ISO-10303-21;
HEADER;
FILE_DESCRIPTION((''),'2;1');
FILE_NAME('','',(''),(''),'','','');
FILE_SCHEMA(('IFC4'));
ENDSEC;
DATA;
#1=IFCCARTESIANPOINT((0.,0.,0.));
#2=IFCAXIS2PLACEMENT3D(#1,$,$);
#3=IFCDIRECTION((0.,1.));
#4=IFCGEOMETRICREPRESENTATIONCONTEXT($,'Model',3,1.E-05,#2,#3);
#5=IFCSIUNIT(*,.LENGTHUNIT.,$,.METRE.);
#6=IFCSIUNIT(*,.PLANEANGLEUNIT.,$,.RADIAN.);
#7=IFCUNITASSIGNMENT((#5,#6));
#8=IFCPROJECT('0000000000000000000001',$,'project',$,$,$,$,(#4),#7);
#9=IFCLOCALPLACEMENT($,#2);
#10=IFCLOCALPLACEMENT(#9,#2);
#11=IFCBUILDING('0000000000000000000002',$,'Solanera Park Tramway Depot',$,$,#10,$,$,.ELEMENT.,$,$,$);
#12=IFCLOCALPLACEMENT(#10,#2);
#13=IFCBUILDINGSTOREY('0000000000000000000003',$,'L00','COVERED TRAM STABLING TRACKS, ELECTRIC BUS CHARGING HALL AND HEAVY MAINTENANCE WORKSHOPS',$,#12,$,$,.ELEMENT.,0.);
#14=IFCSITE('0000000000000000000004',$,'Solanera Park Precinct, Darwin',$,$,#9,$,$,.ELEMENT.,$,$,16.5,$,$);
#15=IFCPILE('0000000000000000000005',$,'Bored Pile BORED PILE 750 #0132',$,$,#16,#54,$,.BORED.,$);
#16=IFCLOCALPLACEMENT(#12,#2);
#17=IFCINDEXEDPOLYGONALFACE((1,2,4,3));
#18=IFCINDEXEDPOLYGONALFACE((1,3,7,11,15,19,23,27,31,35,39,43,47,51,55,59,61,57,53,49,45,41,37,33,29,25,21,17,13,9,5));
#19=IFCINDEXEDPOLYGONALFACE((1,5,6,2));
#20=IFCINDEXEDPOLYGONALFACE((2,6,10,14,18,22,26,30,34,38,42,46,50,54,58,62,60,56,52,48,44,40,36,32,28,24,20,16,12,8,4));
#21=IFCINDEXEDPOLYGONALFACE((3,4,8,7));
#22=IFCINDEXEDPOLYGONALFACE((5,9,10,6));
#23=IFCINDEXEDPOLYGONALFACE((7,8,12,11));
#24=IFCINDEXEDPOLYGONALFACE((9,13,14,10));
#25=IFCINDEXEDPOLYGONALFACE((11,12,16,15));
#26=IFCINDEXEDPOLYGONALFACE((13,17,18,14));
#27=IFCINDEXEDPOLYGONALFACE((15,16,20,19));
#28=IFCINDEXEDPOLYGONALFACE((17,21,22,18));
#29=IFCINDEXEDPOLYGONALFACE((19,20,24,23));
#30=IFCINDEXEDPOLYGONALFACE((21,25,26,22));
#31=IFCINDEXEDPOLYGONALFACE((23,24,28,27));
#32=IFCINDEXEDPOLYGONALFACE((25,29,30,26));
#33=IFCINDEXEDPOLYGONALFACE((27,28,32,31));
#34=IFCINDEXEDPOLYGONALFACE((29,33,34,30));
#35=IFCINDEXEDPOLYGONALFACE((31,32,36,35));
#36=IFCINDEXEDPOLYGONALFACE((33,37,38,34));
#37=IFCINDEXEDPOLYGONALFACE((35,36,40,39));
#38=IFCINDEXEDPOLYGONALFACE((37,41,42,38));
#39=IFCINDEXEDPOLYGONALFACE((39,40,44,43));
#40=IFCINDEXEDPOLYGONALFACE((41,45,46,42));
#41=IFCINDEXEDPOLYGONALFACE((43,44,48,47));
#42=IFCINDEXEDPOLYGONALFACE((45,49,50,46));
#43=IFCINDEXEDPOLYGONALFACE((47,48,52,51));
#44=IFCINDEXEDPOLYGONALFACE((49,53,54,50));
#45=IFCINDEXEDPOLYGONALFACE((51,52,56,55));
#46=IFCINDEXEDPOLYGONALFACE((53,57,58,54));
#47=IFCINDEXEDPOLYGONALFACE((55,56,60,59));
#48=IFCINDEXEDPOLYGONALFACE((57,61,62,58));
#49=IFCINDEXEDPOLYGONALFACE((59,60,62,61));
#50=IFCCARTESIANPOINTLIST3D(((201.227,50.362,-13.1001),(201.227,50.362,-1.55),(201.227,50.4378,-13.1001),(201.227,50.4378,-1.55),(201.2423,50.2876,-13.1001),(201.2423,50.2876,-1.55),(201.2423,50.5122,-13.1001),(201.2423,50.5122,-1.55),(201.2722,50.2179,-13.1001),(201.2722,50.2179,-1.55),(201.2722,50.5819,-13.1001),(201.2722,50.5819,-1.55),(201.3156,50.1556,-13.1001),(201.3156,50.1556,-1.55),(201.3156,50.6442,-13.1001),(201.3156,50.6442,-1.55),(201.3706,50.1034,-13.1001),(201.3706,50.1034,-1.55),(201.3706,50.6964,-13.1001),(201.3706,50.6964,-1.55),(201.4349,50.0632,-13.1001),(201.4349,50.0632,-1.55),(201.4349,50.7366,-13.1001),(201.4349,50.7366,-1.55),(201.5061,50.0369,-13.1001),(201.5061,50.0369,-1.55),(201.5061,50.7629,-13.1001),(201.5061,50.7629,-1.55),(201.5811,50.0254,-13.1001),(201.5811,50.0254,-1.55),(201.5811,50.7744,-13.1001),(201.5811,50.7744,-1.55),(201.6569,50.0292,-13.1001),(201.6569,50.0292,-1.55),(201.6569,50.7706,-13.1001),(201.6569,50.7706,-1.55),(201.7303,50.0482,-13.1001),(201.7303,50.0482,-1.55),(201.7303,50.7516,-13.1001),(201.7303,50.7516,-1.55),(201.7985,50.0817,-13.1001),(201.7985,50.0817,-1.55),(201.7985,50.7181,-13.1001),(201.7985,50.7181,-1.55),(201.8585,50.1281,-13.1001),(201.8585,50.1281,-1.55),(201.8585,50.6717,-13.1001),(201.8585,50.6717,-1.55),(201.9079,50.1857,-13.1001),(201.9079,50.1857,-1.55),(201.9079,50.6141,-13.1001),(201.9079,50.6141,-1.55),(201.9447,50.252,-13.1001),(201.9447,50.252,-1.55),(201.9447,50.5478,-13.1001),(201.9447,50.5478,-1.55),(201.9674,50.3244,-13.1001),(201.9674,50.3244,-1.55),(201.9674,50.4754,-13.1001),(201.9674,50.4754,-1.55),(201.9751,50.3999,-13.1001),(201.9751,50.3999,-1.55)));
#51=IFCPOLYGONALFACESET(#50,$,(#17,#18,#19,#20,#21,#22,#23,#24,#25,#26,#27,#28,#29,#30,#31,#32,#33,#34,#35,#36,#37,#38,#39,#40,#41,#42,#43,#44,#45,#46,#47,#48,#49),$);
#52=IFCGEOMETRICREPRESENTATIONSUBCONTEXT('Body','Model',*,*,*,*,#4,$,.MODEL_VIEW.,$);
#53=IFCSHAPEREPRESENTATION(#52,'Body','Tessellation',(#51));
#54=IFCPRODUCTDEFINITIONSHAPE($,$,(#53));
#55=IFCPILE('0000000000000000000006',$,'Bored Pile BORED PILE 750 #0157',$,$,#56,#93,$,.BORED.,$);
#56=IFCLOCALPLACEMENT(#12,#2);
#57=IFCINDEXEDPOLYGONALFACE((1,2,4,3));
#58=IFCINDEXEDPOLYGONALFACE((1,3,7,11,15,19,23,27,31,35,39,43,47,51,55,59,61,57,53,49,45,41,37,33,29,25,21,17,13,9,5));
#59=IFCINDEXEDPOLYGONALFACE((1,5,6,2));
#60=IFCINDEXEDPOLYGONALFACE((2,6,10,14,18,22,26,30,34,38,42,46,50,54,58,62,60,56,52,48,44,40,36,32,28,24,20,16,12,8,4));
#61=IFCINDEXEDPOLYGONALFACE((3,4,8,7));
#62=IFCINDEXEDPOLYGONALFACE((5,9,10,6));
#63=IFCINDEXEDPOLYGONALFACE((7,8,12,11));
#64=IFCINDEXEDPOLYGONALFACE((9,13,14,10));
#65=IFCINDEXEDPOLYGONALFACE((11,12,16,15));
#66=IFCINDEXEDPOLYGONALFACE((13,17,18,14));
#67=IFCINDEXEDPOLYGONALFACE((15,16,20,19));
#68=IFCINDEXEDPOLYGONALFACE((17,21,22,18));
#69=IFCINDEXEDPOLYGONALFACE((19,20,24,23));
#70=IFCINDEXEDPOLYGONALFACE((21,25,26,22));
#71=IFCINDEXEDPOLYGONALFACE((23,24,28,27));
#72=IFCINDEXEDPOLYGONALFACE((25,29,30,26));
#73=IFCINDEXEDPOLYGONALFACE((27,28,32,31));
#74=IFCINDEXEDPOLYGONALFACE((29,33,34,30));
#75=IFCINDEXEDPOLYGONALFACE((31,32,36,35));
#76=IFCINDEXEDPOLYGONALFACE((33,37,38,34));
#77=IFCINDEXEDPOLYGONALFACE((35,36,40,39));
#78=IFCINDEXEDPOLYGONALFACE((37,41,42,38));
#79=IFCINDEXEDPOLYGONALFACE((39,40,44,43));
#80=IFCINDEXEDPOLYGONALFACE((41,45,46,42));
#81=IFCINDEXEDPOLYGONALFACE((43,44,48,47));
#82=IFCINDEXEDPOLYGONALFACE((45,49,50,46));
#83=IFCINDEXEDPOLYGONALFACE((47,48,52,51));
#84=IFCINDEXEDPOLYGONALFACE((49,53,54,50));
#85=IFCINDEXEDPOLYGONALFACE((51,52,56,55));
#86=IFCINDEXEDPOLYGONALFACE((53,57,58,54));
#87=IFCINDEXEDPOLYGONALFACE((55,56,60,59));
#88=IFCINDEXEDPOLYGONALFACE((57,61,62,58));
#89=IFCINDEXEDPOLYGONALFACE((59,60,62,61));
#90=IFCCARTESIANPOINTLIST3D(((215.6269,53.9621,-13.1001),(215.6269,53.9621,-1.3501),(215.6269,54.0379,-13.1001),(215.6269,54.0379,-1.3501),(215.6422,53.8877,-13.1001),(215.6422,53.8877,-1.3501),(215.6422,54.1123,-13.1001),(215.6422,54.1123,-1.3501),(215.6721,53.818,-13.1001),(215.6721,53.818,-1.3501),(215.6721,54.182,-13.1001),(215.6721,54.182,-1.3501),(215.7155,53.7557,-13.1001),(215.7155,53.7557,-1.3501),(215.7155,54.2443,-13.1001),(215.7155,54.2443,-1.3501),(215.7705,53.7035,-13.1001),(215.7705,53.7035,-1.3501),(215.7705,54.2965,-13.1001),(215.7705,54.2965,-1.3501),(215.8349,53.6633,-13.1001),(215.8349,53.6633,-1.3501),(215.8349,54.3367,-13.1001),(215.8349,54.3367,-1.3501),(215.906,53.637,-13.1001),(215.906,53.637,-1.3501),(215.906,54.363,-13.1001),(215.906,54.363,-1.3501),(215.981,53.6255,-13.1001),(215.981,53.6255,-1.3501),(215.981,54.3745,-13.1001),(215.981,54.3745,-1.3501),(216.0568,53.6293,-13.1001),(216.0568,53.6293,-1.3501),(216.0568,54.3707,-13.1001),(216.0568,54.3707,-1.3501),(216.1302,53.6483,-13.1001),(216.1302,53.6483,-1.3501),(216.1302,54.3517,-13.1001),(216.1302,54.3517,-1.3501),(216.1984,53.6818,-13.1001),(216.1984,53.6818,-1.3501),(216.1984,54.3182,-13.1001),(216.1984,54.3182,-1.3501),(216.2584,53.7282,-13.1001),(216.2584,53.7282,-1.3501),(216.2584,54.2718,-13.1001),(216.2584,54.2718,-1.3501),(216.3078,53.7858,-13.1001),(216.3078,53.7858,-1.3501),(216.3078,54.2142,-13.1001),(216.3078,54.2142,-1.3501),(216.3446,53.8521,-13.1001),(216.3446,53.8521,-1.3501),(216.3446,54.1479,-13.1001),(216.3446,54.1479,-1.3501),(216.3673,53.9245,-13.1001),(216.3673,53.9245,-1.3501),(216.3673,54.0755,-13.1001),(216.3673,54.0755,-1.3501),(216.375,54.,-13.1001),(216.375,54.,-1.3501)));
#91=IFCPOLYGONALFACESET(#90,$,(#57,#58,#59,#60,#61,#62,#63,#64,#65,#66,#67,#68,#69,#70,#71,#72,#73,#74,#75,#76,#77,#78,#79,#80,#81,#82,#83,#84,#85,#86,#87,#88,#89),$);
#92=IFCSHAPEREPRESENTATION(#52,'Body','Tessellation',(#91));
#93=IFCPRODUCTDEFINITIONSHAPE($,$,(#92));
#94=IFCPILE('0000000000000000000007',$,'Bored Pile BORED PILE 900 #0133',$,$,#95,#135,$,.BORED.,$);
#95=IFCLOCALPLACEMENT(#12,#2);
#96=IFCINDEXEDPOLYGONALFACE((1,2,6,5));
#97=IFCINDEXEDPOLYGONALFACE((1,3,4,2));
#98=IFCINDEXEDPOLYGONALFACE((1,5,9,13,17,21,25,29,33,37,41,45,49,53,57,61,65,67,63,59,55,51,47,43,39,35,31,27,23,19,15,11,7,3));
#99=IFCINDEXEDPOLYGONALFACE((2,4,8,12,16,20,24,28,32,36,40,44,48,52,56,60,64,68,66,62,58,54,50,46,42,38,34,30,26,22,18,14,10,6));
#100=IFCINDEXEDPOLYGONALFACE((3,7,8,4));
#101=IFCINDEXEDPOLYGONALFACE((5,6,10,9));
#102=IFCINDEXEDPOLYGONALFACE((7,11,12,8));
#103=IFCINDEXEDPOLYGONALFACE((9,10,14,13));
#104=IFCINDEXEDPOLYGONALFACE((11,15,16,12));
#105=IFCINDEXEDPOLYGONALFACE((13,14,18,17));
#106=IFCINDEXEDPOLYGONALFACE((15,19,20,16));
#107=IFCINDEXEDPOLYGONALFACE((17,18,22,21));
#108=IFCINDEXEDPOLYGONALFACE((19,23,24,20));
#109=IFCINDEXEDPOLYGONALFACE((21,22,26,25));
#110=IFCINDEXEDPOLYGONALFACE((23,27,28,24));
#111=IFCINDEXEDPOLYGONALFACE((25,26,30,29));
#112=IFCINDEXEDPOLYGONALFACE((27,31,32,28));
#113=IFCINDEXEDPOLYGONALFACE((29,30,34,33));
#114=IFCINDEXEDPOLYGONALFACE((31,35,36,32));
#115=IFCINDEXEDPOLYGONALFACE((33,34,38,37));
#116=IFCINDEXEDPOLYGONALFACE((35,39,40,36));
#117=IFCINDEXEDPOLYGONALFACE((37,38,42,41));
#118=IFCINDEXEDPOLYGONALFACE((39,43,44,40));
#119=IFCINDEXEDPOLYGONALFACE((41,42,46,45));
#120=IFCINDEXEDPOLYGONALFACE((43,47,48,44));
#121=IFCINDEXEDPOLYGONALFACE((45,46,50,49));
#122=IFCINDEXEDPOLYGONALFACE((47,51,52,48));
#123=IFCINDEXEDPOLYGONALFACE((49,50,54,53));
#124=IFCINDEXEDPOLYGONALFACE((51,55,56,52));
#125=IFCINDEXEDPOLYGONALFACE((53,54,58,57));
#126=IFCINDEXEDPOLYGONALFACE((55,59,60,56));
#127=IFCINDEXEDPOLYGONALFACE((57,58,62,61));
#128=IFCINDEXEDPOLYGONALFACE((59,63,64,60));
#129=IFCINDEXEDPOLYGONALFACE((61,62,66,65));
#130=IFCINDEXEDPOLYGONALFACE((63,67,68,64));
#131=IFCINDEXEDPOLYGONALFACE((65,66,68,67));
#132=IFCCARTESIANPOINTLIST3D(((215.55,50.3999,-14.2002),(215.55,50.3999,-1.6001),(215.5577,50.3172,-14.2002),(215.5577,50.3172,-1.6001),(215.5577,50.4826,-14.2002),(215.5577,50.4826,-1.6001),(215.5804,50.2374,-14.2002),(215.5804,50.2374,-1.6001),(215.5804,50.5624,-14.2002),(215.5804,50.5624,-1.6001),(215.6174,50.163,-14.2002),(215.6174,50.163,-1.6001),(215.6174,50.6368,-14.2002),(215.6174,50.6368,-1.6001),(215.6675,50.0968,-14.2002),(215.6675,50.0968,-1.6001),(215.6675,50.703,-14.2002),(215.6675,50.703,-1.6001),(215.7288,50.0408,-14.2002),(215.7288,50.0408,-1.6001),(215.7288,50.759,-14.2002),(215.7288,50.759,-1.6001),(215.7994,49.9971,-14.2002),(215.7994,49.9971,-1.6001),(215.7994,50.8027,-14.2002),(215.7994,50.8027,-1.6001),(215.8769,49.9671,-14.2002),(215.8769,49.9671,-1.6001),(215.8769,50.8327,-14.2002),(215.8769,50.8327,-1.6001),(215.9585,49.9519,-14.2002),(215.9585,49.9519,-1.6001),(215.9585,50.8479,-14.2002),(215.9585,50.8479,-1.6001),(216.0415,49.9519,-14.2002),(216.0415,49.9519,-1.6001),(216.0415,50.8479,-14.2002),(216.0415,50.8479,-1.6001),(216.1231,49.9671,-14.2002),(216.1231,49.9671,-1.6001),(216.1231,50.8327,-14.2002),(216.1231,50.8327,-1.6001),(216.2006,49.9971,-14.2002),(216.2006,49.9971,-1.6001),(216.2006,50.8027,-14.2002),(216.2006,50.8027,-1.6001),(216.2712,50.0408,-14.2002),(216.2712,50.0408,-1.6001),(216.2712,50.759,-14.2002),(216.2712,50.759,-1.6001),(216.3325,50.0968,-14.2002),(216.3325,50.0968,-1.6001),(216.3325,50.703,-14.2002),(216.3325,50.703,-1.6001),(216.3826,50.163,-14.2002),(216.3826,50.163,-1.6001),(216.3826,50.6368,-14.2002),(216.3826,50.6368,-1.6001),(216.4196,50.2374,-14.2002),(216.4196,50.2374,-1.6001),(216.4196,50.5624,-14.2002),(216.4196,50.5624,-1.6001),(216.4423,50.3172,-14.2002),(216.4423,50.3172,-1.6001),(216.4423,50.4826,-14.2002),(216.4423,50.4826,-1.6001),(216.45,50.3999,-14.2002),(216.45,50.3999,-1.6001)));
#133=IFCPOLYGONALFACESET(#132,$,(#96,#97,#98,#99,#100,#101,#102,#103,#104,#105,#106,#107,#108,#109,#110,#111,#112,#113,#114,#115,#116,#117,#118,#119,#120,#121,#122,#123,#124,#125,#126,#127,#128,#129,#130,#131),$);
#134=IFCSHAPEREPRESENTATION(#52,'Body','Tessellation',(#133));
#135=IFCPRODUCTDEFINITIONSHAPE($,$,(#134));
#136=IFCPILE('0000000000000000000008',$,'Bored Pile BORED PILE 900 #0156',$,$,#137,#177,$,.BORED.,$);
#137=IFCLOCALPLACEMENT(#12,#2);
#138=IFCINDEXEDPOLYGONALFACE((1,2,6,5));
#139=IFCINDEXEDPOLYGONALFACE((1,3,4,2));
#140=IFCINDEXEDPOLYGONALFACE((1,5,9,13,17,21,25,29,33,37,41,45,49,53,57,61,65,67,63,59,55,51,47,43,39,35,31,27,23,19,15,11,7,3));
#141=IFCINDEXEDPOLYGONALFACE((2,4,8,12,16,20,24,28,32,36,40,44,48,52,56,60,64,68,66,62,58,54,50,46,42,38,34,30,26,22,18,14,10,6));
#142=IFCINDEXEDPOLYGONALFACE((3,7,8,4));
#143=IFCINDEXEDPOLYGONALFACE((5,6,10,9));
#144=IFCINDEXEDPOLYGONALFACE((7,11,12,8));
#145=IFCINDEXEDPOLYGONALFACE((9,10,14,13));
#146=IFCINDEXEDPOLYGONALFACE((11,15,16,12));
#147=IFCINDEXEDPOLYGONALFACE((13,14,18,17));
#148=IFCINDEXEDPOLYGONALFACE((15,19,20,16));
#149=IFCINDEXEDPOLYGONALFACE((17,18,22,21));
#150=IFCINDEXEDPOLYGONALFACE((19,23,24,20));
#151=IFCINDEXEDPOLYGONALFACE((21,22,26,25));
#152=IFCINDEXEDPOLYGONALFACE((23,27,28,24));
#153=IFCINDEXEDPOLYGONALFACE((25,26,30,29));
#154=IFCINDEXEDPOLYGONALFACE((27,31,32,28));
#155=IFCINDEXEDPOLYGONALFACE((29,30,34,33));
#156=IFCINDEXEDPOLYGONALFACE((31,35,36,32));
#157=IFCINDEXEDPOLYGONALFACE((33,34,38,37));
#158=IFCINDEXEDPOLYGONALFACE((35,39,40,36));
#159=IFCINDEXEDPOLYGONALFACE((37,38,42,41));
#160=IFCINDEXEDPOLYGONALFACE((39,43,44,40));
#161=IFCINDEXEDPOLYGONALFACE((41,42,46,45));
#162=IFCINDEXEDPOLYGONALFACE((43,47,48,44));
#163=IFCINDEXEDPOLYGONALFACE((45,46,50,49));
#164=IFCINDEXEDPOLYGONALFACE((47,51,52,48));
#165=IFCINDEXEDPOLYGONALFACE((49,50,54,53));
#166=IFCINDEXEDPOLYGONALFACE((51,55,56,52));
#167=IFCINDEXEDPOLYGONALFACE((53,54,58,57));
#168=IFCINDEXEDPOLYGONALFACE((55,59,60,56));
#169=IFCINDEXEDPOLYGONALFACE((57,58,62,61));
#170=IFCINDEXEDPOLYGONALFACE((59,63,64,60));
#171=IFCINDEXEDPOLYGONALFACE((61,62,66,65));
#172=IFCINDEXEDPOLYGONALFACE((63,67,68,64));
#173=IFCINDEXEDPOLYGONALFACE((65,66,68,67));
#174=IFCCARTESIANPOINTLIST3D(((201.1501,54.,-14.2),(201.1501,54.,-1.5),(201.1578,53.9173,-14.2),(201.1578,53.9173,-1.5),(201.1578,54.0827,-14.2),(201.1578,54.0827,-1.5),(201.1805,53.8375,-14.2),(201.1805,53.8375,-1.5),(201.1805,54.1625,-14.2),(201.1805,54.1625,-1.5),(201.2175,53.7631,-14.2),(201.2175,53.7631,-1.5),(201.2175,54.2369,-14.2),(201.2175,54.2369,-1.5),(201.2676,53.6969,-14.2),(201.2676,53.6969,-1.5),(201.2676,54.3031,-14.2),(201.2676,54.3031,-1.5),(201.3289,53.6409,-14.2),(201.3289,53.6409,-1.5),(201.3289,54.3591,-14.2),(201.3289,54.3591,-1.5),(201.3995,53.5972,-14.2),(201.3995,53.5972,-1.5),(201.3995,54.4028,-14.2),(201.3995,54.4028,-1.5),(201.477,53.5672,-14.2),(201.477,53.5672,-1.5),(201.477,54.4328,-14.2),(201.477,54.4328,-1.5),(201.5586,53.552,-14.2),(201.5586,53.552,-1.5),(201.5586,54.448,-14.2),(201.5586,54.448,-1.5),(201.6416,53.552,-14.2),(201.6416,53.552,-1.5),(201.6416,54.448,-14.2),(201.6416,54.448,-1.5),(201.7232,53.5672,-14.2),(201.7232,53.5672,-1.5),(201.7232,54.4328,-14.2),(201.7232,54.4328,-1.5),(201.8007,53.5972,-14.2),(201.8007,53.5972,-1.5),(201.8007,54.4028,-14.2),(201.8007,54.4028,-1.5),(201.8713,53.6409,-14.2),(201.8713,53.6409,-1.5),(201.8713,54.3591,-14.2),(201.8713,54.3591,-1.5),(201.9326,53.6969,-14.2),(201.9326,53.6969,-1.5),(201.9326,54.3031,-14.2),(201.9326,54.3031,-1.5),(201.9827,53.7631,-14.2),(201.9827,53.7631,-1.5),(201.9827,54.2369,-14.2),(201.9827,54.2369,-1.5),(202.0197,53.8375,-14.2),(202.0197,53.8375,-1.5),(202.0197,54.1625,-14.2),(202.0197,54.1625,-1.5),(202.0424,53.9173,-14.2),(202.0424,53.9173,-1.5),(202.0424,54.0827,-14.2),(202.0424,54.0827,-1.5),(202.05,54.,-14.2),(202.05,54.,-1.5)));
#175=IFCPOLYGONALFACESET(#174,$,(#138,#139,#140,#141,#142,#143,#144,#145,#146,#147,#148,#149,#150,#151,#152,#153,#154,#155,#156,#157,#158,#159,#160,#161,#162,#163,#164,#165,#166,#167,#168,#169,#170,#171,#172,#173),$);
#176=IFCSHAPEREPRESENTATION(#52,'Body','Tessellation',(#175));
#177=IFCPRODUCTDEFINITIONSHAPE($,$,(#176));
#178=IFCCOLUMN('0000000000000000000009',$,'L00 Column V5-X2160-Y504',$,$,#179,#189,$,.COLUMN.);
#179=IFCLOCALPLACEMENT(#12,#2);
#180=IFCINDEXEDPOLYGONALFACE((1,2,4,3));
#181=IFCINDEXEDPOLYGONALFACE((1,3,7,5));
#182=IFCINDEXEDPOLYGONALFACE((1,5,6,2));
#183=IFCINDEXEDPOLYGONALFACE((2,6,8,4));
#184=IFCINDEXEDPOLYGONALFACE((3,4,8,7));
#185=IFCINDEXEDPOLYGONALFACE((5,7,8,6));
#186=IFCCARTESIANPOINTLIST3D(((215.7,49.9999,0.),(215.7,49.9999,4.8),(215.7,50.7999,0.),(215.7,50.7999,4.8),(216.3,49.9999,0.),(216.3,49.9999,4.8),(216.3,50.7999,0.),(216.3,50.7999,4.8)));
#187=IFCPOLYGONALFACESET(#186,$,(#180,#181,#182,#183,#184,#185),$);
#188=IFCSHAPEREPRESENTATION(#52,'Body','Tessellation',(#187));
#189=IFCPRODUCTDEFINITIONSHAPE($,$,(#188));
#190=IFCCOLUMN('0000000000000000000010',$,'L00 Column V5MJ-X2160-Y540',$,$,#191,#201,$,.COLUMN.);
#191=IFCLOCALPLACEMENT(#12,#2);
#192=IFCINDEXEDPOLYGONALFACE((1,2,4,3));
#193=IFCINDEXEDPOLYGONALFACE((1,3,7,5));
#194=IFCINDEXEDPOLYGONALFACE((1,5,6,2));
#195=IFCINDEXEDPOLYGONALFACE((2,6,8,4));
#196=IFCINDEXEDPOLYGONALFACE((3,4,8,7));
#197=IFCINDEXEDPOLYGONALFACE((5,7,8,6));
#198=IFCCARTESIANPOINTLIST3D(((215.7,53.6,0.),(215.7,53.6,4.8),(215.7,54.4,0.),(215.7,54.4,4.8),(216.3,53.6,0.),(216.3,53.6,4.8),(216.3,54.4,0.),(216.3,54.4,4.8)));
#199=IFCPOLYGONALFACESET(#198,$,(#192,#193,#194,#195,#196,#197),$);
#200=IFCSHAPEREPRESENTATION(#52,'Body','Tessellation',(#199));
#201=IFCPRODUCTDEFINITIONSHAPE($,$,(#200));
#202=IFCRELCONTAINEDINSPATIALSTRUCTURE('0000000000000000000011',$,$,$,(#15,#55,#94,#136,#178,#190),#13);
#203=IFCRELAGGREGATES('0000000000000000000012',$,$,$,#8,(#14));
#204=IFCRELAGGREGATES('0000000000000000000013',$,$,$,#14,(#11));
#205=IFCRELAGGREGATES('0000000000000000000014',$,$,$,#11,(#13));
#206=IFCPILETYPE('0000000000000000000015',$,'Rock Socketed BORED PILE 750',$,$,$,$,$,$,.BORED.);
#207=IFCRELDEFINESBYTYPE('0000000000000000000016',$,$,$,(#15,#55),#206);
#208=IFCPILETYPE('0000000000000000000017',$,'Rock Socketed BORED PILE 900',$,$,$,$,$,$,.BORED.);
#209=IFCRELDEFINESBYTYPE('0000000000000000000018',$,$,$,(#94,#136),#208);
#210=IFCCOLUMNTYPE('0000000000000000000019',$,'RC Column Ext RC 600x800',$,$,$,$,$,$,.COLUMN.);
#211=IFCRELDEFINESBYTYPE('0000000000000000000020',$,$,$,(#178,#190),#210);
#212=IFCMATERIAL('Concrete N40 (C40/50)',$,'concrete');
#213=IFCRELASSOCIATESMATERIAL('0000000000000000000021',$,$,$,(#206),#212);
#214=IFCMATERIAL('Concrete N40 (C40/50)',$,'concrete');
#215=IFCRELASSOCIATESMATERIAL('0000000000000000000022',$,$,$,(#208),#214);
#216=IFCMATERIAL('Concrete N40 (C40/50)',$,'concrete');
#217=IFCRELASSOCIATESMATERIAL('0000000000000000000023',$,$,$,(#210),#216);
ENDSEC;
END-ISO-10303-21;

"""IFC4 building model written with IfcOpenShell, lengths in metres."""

from ifc_helpers import new_model, si_unit, direction, frame, origin, origin_2d, place, context, subcontext, project, spatial, rectangle, circle, extrude, material, material_profile, profile_set, type_object, element, save


model = new_model("IFC4")

# Units and contexts
model_context = context("Model", 3, precision=1e-05, world=origin(), true_north=direction((0.0, 1.0)))
body_context = subcontext(model_context, "Body", "Model", "MODEL_VIEW")
ifc_project = project(units=[si_unit("LENGTHUNIT", "METRE"), si_unit("PLANEANGLEUNIT", "RADIAN")], contexts=[model_context])

# Site, building, storey
site_placement = place(None, origin())
site = spatial("IfcSite", under=ifc_project, at=site_placement, Name="Solanera Park Precinct, Darwin", CompositionType="ELEMENT", RefElevation=16.5)
building_placement = place(site_placement, origin())
building = spatial("IfcBuilding", under=site, at=building_placement, Name="Solanera Park Tramway Depot", CompositionType="ELEMENT")
storey_placement = place(building_placement, origin())
storey = spatial("IfcBuildingStorey", under=building, at=storey_placement, Name="L00", Description="COVERED TRAM STABLING TRACKS, ELECTRIC BUS CHARGING HALL AND HEAVY MAINTENANCE WORKSHOPS", CompositionType="ELEMENT", Elevation=0.0)

# Piles
ifc_material_1 = material(Name="Concrete N40 (C40/50)", Category="concrete")
ifc_material_profile_1 = material_profile(ifc_material_1, circle(Radius=0.375, at=origin_2d()), Name="BORED PILE 750")
ifc_profile_set_1 = profile_set([ifc_material_profile_1], Name="Concrete N40 (C40/50)")
pile_type_1 = type_object("IfcPileType", Name="Rock Socketed BORED PILE 750", PredefinedType="BORED", material=ifc_profile_set_1)
pile_1_placement = place(storey_placement, frame((201.6001, 50.3999, -1.55), z_axis=(0.0, 0.0, -1.0), x_axis=(1.0, 0.0, 0.0)))
element("IfcPile", 1, at=pile_1_placement, inside=storey, type_object=pile_type_1, Name="Bored Pile BORED PILE 750 #0132", PredefinedType="BORED", context=body_context, shape_type="SweptSolid", body=[
    extrude(circle(Radius=0.375, at=origin_2d()), origin(), (0.0, 0.0, 1.0), 11.55),
])
pile_2_placement = place(storey_placement, frame((216.0, 54.0, -1.3501), z_axis=(0.0, 0.0, -1.0), x_axis=(1.0, 0.0, 0.0)))
element("IfcPile", 2, at=pile_2_placement, inside=storey, type_object=pile_type_1, Name="Bored Pile BORED PILE 750 #0157", PredefinedType="BORED", context=body_context, shape_type="SweptSolid", body=[
    extrude(circle(Radius=0.375, at=origin_2d()), origin(), (0.0, 0.0, 1.0), 11.75),
])
ifc_material_2 = material(Name="Concrete N40 (C40/50)", Category="concrete")
ifc_material_profile_2 = material_profile(ifc_material_2, circle(Radius=0.45, at=origin_2d()), Name="BORED PILE 900")
ifc_profile_set_2 = profile_set([ifc_material_profile_2], Name="Concrete N40 (C40/50)")
pile_type_2 = type_object("IfcPileType", Name="Rock Socketed BORED PILE 900", PredefinedType="BORED", material=ifc_profile_set_2)
pile_3_placement = place(storey_placement, frame((216.0, 50.3999, -1.6001), z_axis=(0.0, 0.0, -1.0), x_axis=(1.0, 0.0, 0.0)))
element("IfcPile", 3, at=pile_3_placement, inside=storey, type_object=pile_type_2, Name="Bored Pile BORED PILE 900 #0133", PredefinedType="BORED", context=body_context, shape_type="SweptSolid", body=[
    extrude(circle(Radius=0.45, at=origin_2d()), origin(), (0.0, 0.0, 1.0), 12.6001),
])
pile_4_placement = place(storey_placement, frame((201.6001, 54.0, -1.5), z_axis=(0.0, 0.0, -1.0), x_axis=(1.0, 0.0, 0.0)))
element("IfcPile", 4, at=pile_4_placement, inside=storey, type_object=pile_type_2, Name="Bored Pile BORED PILE 900 #0156", PredefinedType="BORED", context=body_context, shape_type="SweptSolid", body=[
    extrude(circle(Radius=0.45, at=origin_2d()), origin(), (0.0, 0.0, 1.0), 12.7),
])

# Columns
ifc_material_3 = material(Name="Concrete N40 (C40/50)", Category="concrete")
ifc_material_profile_3 = material_profile(ifc_material_3, rectangle(XDim=0.6001, YDim=0.8, at=origin_2d()), Name="RC 600x800")
ifc_profile_set_3 = profile_set([ifc_material_profile_3], Name="Concrete N40 (C40/50)")
column_type_1 = type_object("IfcColumnType", Name="RC Column Ext RC 600x800", PredefinedType="COLUMN", material=ifc_profile_set_3)
for number, where, z_axis, x_axis, name in (
    (5, (216.0, 50.3999, 0.0), (0.0, 0.0, 1.0), (1.0, 0.0, 0.0), "L00 Column V5-X2160-Y504"),
    (6, (216.0, 54.0, 0.0), (0.0, 0.0, 1.0), (1.0, 0.0, 0.0), "L00 Column V5MJ-X2160-Y540"),
):
    element("IfcColumn", number, at=place(storey_placement, frame(where, z_axis=z_axis, x_axis=x_axis)), inside=storey, type_object=column_type_1, Name=name, PredefinedType="COLUMN", context=body_context, shape_type="SweptSolid", body=[
        extrude(rectangle(XDim=0.6001, YDim=0.8, at=origin_2d()), origin(), (0.0, 0.0, 1.0), 4.8),
    ])

save(model, "model.ifc")
